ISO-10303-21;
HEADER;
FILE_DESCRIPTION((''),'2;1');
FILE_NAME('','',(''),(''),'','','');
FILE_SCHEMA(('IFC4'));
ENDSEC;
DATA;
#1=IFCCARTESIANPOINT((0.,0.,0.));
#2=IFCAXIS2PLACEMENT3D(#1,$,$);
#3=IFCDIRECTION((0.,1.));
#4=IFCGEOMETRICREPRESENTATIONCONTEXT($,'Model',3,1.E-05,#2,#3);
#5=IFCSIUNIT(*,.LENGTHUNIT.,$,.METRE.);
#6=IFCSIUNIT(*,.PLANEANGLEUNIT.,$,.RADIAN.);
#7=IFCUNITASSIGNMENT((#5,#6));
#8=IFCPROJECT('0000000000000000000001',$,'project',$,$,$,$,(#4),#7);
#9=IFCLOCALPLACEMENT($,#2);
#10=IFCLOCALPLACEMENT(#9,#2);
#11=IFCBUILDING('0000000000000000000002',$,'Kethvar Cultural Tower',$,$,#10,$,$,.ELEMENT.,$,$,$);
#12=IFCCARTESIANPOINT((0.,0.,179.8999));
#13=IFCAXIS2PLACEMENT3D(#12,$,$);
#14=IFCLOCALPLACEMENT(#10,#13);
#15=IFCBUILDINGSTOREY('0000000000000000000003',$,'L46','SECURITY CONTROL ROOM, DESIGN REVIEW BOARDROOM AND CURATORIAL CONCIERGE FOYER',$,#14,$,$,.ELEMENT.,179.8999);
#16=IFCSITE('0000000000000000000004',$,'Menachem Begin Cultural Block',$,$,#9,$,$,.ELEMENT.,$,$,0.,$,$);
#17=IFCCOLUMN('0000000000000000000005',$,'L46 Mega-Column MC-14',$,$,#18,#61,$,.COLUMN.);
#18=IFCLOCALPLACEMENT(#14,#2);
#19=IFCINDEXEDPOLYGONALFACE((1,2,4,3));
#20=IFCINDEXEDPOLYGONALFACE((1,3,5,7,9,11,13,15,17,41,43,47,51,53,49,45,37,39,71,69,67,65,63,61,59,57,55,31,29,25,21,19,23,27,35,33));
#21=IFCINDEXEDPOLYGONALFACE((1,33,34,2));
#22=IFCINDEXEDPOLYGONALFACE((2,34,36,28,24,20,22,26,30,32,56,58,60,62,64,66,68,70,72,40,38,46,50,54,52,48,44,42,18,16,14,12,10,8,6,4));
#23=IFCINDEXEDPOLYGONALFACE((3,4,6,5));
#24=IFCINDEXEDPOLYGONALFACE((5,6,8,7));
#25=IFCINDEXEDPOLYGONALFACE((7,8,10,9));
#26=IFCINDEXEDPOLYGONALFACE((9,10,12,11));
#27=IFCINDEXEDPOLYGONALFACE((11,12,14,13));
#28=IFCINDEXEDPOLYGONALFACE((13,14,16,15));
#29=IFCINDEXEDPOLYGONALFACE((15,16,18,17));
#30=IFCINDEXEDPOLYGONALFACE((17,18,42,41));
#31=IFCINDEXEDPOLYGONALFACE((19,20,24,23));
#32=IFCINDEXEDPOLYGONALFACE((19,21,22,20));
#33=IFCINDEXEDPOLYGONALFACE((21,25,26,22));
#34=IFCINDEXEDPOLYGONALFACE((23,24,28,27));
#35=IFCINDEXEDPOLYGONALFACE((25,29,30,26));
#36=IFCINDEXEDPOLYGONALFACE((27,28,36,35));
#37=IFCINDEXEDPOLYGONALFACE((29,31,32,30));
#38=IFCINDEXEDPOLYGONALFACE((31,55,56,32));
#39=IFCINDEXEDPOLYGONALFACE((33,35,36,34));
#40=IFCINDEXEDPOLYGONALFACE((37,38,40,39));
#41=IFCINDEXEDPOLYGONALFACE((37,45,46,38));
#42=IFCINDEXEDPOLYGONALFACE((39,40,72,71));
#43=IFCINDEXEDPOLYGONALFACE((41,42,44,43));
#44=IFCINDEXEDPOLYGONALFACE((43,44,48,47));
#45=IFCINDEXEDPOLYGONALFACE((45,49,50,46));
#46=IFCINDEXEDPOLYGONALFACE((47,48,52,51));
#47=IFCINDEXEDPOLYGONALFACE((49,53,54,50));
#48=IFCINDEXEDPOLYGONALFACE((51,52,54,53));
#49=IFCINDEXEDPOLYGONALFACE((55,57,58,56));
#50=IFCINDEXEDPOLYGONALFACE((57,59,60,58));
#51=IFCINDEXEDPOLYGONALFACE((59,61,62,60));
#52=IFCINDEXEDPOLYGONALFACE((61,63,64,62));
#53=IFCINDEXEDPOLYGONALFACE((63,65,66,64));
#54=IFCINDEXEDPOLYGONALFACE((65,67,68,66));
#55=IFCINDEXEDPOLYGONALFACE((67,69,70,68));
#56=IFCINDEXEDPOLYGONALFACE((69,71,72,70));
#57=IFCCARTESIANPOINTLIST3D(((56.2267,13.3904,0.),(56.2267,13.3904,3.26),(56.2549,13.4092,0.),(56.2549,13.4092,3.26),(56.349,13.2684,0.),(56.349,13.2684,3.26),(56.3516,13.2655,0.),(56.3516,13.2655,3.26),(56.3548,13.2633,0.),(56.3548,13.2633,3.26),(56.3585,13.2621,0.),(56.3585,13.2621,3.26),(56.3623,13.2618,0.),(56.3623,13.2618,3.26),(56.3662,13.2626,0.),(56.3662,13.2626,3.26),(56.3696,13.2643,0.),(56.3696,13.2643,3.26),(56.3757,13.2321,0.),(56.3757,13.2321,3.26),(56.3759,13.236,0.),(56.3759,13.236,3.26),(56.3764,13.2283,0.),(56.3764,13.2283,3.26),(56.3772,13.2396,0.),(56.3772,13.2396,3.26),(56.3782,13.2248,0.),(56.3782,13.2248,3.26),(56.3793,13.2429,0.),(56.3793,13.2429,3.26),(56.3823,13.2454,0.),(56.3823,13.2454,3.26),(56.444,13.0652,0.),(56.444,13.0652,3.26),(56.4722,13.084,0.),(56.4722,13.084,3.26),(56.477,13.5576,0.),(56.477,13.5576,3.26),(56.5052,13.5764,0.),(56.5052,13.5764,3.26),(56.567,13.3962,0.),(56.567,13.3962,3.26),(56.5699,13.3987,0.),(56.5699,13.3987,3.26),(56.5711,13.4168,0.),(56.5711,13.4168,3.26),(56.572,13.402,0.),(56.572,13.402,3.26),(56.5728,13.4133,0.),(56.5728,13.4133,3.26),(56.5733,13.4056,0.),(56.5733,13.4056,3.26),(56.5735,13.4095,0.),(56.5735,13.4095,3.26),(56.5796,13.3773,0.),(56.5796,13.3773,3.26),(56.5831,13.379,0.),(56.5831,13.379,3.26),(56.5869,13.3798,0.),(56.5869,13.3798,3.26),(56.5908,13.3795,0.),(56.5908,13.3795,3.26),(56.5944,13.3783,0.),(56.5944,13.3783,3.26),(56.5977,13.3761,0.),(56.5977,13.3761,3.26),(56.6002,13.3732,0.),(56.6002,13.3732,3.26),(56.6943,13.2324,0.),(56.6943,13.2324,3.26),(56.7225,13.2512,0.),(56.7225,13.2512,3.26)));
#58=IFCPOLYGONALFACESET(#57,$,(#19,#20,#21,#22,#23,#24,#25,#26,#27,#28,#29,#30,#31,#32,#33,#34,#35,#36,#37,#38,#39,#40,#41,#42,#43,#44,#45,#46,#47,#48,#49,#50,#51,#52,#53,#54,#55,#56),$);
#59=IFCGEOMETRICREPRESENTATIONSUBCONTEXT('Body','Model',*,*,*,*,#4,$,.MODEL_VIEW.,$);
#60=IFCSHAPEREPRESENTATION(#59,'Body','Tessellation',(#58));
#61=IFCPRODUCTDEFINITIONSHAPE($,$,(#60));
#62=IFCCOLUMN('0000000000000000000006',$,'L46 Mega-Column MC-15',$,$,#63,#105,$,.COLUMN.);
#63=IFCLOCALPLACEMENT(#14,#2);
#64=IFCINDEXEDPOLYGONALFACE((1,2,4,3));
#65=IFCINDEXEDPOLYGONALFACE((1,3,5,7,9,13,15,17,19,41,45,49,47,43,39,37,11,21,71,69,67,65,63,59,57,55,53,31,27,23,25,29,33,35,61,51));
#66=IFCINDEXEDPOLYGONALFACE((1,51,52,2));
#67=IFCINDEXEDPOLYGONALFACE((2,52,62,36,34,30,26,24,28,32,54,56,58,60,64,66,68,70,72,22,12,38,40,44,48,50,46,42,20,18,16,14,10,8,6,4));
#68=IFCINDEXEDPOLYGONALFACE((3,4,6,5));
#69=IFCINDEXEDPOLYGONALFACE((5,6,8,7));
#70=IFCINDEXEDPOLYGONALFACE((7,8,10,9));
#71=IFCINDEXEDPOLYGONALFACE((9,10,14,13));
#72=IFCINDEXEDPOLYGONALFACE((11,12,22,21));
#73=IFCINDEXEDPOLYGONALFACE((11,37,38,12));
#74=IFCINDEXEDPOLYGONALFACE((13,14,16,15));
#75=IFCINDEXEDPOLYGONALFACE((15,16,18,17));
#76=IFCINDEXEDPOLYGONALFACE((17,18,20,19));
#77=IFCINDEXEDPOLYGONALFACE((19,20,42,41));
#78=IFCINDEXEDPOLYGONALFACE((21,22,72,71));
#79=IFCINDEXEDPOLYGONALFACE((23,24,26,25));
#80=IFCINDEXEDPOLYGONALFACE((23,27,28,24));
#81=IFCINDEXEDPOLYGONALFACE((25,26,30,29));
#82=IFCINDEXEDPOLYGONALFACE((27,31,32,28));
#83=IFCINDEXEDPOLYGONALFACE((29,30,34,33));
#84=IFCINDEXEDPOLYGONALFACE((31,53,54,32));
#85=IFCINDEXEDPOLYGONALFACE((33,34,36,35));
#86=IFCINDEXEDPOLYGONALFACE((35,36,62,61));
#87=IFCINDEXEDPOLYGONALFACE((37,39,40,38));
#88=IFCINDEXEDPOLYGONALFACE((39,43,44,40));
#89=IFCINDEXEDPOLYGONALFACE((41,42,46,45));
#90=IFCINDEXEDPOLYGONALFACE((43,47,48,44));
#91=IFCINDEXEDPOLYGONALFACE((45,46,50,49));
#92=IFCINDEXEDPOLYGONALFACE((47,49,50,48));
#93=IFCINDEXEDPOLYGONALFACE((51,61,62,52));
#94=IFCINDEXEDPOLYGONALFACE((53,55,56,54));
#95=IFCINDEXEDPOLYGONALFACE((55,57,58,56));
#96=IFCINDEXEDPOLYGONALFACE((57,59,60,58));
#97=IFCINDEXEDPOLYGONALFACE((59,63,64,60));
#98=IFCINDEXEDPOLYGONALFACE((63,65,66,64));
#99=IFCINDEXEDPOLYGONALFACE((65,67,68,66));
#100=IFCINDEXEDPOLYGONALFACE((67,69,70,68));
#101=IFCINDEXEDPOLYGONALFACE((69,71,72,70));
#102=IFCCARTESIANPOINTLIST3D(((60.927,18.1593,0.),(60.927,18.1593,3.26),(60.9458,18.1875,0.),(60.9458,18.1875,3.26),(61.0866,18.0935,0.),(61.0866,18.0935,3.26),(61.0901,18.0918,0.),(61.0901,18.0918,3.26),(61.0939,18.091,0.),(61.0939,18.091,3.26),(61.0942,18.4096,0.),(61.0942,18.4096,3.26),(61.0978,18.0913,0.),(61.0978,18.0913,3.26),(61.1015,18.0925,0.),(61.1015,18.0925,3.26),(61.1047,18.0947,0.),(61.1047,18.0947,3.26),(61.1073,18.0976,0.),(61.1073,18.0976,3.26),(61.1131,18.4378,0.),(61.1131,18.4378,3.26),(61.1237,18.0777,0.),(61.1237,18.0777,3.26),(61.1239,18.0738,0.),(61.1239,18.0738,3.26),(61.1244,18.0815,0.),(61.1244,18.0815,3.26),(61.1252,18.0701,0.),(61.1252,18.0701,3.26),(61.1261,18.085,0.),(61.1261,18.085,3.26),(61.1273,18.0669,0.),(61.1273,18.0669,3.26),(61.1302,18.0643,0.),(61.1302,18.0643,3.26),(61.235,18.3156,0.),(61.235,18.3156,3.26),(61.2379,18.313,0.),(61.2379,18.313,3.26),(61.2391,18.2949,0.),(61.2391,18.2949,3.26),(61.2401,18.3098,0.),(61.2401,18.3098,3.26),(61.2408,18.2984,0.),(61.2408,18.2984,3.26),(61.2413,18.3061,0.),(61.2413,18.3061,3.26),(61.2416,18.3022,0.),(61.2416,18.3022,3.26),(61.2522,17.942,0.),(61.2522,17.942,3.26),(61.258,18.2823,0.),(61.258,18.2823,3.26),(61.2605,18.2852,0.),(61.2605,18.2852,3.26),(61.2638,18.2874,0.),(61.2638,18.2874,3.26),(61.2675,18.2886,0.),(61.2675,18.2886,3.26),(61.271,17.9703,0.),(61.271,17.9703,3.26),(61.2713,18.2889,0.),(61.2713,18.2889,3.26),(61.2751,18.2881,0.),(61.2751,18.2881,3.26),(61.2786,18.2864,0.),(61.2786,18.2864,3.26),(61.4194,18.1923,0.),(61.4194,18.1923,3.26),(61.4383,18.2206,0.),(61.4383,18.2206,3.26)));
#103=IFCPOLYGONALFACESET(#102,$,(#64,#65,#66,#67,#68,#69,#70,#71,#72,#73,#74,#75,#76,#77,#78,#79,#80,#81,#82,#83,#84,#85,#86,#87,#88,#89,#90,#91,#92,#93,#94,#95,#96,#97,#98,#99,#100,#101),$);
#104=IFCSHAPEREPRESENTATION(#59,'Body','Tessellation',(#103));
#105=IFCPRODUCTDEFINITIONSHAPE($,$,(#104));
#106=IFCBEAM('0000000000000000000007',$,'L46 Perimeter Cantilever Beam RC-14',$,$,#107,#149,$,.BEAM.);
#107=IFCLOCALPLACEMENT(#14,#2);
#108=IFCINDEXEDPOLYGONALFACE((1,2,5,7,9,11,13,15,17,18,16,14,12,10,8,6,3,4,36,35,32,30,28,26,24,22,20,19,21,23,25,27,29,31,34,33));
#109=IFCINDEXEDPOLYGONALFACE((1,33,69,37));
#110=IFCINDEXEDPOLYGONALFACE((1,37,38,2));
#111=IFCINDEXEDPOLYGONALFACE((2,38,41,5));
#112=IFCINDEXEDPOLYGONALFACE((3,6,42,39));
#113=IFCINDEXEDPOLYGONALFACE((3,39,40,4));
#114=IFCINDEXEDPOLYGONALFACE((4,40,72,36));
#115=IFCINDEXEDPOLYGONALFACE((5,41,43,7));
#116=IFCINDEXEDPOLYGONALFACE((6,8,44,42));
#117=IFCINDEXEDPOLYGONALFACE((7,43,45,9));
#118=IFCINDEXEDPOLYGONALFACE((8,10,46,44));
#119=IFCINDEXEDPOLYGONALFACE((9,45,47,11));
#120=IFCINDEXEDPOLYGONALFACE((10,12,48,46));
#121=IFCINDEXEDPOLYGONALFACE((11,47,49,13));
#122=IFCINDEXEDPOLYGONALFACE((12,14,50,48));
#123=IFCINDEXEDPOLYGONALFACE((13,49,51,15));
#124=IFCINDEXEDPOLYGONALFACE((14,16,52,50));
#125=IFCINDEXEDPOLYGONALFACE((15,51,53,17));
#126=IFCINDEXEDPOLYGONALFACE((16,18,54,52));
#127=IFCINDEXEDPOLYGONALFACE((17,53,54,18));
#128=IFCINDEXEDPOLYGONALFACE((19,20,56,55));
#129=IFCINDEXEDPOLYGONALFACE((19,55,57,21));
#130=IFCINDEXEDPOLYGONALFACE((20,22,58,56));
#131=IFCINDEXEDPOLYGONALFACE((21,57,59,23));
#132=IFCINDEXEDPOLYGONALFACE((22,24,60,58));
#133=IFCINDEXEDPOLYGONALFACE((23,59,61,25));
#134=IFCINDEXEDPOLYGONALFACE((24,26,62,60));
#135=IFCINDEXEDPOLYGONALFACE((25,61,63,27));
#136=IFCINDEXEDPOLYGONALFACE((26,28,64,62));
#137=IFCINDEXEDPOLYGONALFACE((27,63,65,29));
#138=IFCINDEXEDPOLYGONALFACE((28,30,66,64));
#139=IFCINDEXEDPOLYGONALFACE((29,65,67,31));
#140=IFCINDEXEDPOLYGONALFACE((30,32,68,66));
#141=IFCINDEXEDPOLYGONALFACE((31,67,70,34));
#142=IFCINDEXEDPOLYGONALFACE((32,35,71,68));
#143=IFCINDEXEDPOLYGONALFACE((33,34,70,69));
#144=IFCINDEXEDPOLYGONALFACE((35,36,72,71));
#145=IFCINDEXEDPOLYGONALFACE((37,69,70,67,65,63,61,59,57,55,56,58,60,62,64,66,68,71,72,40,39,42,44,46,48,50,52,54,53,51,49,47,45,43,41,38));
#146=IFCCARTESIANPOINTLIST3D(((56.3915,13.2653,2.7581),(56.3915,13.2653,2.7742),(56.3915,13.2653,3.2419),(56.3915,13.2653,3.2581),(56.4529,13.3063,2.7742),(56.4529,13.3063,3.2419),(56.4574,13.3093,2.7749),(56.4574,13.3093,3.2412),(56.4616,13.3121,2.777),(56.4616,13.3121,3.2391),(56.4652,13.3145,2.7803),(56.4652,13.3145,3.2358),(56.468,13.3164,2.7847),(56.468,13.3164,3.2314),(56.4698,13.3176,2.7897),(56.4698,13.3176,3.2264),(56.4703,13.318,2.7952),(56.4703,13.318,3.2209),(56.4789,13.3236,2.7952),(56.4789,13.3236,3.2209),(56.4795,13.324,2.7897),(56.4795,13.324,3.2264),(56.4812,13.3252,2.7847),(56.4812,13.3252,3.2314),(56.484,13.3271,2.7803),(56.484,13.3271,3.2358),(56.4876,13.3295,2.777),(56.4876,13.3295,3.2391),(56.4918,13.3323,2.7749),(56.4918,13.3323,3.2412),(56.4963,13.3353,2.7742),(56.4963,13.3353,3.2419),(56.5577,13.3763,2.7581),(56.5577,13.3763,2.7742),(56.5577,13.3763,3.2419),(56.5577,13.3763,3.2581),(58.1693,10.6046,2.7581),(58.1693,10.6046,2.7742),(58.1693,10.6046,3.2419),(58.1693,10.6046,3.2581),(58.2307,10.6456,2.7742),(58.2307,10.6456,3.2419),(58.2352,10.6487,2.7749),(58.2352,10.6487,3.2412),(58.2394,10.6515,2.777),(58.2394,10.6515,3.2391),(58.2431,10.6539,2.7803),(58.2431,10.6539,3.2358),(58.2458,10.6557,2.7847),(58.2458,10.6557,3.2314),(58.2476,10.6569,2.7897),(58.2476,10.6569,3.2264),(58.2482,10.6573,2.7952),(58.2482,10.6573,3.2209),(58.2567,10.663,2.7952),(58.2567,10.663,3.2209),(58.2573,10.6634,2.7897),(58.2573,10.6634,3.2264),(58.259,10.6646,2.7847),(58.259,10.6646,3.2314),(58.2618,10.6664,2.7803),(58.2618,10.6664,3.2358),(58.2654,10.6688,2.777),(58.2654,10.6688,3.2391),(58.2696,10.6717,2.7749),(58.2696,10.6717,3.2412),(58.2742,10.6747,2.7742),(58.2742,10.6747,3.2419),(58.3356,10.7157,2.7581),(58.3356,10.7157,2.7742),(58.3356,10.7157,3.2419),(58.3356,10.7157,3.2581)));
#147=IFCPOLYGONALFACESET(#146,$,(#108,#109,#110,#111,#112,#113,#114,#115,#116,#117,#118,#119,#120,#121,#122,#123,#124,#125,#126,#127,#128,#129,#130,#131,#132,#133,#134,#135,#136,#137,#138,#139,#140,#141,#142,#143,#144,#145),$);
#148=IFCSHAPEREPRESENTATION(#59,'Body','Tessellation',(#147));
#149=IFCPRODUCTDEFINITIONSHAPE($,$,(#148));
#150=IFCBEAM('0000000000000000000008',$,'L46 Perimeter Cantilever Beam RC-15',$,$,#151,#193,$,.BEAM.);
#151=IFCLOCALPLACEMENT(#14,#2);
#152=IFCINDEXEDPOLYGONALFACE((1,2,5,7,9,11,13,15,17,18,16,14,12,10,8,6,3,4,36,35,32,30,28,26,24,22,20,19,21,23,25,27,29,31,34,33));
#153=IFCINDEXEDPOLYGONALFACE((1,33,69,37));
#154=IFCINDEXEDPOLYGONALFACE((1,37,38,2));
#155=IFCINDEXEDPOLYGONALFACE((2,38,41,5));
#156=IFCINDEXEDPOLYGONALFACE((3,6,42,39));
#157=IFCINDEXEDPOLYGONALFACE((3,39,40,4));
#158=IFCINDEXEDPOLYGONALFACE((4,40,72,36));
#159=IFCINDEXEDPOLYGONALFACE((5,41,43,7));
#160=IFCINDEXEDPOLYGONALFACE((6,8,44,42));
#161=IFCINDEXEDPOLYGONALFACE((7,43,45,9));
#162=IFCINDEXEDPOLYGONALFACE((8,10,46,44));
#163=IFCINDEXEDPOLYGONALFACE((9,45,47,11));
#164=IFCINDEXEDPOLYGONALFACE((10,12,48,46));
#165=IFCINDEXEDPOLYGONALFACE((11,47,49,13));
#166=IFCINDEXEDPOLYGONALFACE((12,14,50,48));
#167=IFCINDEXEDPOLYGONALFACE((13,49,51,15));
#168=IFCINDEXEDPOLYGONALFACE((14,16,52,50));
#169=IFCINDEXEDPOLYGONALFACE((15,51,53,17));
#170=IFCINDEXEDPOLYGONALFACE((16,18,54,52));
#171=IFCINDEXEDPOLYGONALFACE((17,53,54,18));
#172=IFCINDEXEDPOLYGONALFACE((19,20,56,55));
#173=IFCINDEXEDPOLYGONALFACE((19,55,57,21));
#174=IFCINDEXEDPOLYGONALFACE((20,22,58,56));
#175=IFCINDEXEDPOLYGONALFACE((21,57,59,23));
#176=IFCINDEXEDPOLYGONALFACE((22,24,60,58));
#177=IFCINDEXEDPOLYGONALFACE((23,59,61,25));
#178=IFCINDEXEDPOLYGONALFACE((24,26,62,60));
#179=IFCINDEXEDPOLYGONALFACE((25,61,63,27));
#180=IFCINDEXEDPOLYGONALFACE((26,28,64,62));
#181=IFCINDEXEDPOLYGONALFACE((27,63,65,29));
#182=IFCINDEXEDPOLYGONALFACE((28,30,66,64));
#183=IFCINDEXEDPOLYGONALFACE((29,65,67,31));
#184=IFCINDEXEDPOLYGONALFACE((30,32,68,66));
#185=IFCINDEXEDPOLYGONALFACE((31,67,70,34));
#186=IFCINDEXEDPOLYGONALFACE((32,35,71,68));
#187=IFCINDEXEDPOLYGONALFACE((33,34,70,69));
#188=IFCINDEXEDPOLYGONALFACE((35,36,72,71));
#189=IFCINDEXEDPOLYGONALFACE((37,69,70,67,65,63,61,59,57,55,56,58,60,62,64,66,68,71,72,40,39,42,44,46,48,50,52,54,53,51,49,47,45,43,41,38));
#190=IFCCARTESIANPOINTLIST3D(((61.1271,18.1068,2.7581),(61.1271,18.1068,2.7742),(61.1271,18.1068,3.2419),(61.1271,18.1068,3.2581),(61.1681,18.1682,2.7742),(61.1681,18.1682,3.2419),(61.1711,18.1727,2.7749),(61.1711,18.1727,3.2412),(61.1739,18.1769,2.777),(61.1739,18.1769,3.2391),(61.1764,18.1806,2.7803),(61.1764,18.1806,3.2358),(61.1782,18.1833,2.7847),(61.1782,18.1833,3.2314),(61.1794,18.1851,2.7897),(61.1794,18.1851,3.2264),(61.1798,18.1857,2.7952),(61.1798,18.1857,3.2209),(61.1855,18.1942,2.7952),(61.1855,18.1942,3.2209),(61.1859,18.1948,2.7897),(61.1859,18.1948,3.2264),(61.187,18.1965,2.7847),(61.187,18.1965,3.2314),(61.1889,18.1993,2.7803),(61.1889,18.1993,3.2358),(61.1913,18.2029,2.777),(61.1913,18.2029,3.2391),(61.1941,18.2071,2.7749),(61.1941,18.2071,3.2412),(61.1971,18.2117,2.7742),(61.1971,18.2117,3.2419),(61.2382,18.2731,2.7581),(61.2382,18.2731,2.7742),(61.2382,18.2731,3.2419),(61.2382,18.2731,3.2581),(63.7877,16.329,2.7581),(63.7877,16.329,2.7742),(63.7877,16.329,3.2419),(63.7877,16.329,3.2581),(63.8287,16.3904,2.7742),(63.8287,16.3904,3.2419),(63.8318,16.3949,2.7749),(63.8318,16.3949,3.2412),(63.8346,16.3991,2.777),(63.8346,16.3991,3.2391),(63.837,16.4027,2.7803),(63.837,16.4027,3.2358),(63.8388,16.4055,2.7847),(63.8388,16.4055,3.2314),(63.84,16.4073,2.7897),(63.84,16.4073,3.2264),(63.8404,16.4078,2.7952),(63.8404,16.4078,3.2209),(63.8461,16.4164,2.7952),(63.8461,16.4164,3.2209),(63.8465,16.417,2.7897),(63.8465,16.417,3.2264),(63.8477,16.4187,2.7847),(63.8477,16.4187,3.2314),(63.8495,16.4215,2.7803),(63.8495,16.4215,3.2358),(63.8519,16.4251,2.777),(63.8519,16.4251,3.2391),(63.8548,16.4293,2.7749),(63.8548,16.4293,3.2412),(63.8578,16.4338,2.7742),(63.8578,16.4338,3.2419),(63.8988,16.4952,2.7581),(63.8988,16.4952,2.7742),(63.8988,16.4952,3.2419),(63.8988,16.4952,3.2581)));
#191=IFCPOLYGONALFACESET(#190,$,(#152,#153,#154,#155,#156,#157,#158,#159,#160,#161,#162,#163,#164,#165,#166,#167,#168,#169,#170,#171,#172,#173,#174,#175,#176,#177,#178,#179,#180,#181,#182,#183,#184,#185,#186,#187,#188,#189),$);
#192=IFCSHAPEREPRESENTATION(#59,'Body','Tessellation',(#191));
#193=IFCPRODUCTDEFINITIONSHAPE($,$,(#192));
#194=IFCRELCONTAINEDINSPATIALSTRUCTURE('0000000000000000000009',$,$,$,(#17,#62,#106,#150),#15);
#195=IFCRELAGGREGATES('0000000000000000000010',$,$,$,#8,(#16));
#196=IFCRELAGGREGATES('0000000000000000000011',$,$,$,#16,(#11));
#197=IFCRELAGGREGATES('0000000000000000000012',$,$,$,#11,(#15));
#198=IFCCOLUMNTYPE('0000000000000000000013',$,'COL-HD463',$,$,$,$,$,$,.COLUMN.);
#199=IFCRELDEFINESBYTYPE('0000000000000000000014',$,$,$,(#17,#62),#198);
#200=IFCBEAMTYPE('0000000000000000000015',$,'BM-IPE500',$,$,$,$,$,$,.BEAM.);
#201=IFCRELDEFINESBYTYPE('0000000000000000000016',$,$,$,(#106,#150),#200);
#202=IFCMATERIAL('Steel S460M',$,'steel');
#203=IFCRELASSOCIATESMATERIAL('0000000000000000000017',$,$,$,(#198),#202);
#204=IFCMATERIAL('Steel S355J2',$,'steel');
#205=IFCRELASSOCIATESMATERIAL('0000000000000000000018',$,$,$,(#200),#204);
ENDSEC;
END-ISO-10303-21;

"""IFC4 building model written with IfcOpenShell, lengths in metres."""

from ifc_helpers import new_model, si_unit, direction, frame, origin, origin_2d, place, context, subcontext, project, spatial, i_section, extrude, source, transform, mapped, material, material_profile, profile_set, type_object, element, save


model = new_model("IFC4")

# Units and contexts
model_context = context("Model", 3, precision=1e-05, world=origin(), true_north=direction((0.0, 1.0)))
body_context = subcontext(model_context, "Body", "Model", "MODEL_VIEW")
ifc_project = project(units=[si_unit("LENGTHUNIT", "METRE"), si_unit("PLANEANGLEUNIT", "RADIAN")], contexts=[model_context])

# Site, building, storey
site_placement = place(None, origin())
site = spatial("IfcSite", under=ifc_project, at=site_placement, Name="Menachem Begin Cultural Block", CompositionType="ELEMENT", RefElevation=0.0)
building_placement = place(site_placement, origin())
building = spatial("IfcBuilding", under=site, at=building_placement, Name="Kethvar Cultural Tower", CompositionType="ELEMENT")
storey_placement = place(building_placement, frame((0.0, 0.0, 179.8999)))
storey = spatial("IfcBuildingStorey", under=building, at=storey_placement, Name="L46", Description="SECURITY CONTROL ROOM, DESIGN REVIEW BOARDROOM AND CURATORIAL CONCIERGE FOYER", CompositionType="ELEMENT", Elevation=179.8999)

# Columns
ifc_material_1 = material(Name="Steel S460M", Category="steel")
ifc_material_profile_1 = material_profile(ifc_material_1, i_section(OverallWidth=0.3911, OverallDepth=0.335, WebThickness=0.0227, FlangeThickness=0.0339, FilletRadius=0.0149, at=origin_2d()), Name="Steel S460M — HD400x463")
ifc_profile_set_1 = profile_set([ifc_material_profile_1], Name="Steel S460M — HD400x463")
column_type = type_object("IfcColumnType", Name="COL-HD463", PredefinedType="COLUMN", material=ifc_profile_set_1)
shared_shape_1 = source(origin(), body_context, "Body", "SweptSolid", [
    extrude(i_section(OverallWidth=0.3911, OverallDepth=0.335, WebThickness=0.0227, FlangeThickness=0.0339, FilletRadius=0.0149, at=origin_2d()), origin(), (0.0, 0.0, 1.0), 3.26),
])
for number, where, z_axis, x_axis, name in (
    (1, (56.4746, 13.3208, 0.0), (0.0, 0.0, 1.0), (0.55557, -0.83147, 0.0), "L46 Mega-Column MC-14"),
    (2, (61.1826, 18.1899, 0.0), (0.0, 0.0, 1.0), (0.83147, -0.55557, 0.0), "L46 Mega-Column MC-15"),
):
    element("IfcColumn", number, at=place(storey_placement, frame(where, z_axis=z_axis, x_axis=x_axis)), inside=storey, type_object=column_type, Name=name, PredefinedType="COLUMN", context=body_context, shape_type="MappedRepresentation", body=[
        mapped(shared_shape_1, transform((0.0, 0.0, 0.0), scale=1.0)),
    ])

# Beams
ifc_material_2 = material(Name="Steel S355J2", Category="steel")
ifc_material_profile_2 = material_profile(ifc_material_2, i_section(OverallWidth=0.2, OverallDepth=0.5, WebThickness=0.0103, FlangeThickness=0.0161, FilletRadius=0.021, at=origin_2d()), Name="Steel S355J2 — IPE500")
ifc_profile_set_2 = profile_set([ifc_material_profile_2], Name="Steel S355J2 — IPE500")
beam_type_1 = type_object("IfcBeamType", Name="BM-IPE500", PredefinedType="BEAM", material=ifc_profile_set_2)
shared_shape_2 = source(origin(), body_context, "Body", "SweptSolid", [
    extrude(i_section(OverallWidth=0.2, OverallDepth=0.5, WebThickness=0.0103, FlangeThickness=0.0161, FilletRadius=0.021, at=origin_2d()), origin(), (0.0, 0.0, 1.0), 3.2),
])
for number, where, z_axis, x_axis, name in (
    (3, (56.4746, 13.3208, 3.0081), (0.55558, -0.831463, 0.0), (0.831463, 0.55558, 0.0), "L46 Perimeter Cantilever Beam RC-14"),
    (4, (61.1826, 18.1899, 3.0081), (0.831463, -0.55558, 0.0), (0.55558, 0.831463, 0.0), "L46 Perimeter Cantilever Beam RC-15"),
):
    element("IfcBeam", number, at=place(storey_placement, frame(where, z_axis=z_axis, x_axis=x_axis)), inside=storey, type_object=beam_type_1, Name=name, PredefinedType="BEAM", context=body_context, shape_type="MappedRepresentation", body=[
        mapped(shared_shape_2, transform((0.0, 0.0, 0.0), scale=1.0)),
    ])

save(model, "model.ifc")
